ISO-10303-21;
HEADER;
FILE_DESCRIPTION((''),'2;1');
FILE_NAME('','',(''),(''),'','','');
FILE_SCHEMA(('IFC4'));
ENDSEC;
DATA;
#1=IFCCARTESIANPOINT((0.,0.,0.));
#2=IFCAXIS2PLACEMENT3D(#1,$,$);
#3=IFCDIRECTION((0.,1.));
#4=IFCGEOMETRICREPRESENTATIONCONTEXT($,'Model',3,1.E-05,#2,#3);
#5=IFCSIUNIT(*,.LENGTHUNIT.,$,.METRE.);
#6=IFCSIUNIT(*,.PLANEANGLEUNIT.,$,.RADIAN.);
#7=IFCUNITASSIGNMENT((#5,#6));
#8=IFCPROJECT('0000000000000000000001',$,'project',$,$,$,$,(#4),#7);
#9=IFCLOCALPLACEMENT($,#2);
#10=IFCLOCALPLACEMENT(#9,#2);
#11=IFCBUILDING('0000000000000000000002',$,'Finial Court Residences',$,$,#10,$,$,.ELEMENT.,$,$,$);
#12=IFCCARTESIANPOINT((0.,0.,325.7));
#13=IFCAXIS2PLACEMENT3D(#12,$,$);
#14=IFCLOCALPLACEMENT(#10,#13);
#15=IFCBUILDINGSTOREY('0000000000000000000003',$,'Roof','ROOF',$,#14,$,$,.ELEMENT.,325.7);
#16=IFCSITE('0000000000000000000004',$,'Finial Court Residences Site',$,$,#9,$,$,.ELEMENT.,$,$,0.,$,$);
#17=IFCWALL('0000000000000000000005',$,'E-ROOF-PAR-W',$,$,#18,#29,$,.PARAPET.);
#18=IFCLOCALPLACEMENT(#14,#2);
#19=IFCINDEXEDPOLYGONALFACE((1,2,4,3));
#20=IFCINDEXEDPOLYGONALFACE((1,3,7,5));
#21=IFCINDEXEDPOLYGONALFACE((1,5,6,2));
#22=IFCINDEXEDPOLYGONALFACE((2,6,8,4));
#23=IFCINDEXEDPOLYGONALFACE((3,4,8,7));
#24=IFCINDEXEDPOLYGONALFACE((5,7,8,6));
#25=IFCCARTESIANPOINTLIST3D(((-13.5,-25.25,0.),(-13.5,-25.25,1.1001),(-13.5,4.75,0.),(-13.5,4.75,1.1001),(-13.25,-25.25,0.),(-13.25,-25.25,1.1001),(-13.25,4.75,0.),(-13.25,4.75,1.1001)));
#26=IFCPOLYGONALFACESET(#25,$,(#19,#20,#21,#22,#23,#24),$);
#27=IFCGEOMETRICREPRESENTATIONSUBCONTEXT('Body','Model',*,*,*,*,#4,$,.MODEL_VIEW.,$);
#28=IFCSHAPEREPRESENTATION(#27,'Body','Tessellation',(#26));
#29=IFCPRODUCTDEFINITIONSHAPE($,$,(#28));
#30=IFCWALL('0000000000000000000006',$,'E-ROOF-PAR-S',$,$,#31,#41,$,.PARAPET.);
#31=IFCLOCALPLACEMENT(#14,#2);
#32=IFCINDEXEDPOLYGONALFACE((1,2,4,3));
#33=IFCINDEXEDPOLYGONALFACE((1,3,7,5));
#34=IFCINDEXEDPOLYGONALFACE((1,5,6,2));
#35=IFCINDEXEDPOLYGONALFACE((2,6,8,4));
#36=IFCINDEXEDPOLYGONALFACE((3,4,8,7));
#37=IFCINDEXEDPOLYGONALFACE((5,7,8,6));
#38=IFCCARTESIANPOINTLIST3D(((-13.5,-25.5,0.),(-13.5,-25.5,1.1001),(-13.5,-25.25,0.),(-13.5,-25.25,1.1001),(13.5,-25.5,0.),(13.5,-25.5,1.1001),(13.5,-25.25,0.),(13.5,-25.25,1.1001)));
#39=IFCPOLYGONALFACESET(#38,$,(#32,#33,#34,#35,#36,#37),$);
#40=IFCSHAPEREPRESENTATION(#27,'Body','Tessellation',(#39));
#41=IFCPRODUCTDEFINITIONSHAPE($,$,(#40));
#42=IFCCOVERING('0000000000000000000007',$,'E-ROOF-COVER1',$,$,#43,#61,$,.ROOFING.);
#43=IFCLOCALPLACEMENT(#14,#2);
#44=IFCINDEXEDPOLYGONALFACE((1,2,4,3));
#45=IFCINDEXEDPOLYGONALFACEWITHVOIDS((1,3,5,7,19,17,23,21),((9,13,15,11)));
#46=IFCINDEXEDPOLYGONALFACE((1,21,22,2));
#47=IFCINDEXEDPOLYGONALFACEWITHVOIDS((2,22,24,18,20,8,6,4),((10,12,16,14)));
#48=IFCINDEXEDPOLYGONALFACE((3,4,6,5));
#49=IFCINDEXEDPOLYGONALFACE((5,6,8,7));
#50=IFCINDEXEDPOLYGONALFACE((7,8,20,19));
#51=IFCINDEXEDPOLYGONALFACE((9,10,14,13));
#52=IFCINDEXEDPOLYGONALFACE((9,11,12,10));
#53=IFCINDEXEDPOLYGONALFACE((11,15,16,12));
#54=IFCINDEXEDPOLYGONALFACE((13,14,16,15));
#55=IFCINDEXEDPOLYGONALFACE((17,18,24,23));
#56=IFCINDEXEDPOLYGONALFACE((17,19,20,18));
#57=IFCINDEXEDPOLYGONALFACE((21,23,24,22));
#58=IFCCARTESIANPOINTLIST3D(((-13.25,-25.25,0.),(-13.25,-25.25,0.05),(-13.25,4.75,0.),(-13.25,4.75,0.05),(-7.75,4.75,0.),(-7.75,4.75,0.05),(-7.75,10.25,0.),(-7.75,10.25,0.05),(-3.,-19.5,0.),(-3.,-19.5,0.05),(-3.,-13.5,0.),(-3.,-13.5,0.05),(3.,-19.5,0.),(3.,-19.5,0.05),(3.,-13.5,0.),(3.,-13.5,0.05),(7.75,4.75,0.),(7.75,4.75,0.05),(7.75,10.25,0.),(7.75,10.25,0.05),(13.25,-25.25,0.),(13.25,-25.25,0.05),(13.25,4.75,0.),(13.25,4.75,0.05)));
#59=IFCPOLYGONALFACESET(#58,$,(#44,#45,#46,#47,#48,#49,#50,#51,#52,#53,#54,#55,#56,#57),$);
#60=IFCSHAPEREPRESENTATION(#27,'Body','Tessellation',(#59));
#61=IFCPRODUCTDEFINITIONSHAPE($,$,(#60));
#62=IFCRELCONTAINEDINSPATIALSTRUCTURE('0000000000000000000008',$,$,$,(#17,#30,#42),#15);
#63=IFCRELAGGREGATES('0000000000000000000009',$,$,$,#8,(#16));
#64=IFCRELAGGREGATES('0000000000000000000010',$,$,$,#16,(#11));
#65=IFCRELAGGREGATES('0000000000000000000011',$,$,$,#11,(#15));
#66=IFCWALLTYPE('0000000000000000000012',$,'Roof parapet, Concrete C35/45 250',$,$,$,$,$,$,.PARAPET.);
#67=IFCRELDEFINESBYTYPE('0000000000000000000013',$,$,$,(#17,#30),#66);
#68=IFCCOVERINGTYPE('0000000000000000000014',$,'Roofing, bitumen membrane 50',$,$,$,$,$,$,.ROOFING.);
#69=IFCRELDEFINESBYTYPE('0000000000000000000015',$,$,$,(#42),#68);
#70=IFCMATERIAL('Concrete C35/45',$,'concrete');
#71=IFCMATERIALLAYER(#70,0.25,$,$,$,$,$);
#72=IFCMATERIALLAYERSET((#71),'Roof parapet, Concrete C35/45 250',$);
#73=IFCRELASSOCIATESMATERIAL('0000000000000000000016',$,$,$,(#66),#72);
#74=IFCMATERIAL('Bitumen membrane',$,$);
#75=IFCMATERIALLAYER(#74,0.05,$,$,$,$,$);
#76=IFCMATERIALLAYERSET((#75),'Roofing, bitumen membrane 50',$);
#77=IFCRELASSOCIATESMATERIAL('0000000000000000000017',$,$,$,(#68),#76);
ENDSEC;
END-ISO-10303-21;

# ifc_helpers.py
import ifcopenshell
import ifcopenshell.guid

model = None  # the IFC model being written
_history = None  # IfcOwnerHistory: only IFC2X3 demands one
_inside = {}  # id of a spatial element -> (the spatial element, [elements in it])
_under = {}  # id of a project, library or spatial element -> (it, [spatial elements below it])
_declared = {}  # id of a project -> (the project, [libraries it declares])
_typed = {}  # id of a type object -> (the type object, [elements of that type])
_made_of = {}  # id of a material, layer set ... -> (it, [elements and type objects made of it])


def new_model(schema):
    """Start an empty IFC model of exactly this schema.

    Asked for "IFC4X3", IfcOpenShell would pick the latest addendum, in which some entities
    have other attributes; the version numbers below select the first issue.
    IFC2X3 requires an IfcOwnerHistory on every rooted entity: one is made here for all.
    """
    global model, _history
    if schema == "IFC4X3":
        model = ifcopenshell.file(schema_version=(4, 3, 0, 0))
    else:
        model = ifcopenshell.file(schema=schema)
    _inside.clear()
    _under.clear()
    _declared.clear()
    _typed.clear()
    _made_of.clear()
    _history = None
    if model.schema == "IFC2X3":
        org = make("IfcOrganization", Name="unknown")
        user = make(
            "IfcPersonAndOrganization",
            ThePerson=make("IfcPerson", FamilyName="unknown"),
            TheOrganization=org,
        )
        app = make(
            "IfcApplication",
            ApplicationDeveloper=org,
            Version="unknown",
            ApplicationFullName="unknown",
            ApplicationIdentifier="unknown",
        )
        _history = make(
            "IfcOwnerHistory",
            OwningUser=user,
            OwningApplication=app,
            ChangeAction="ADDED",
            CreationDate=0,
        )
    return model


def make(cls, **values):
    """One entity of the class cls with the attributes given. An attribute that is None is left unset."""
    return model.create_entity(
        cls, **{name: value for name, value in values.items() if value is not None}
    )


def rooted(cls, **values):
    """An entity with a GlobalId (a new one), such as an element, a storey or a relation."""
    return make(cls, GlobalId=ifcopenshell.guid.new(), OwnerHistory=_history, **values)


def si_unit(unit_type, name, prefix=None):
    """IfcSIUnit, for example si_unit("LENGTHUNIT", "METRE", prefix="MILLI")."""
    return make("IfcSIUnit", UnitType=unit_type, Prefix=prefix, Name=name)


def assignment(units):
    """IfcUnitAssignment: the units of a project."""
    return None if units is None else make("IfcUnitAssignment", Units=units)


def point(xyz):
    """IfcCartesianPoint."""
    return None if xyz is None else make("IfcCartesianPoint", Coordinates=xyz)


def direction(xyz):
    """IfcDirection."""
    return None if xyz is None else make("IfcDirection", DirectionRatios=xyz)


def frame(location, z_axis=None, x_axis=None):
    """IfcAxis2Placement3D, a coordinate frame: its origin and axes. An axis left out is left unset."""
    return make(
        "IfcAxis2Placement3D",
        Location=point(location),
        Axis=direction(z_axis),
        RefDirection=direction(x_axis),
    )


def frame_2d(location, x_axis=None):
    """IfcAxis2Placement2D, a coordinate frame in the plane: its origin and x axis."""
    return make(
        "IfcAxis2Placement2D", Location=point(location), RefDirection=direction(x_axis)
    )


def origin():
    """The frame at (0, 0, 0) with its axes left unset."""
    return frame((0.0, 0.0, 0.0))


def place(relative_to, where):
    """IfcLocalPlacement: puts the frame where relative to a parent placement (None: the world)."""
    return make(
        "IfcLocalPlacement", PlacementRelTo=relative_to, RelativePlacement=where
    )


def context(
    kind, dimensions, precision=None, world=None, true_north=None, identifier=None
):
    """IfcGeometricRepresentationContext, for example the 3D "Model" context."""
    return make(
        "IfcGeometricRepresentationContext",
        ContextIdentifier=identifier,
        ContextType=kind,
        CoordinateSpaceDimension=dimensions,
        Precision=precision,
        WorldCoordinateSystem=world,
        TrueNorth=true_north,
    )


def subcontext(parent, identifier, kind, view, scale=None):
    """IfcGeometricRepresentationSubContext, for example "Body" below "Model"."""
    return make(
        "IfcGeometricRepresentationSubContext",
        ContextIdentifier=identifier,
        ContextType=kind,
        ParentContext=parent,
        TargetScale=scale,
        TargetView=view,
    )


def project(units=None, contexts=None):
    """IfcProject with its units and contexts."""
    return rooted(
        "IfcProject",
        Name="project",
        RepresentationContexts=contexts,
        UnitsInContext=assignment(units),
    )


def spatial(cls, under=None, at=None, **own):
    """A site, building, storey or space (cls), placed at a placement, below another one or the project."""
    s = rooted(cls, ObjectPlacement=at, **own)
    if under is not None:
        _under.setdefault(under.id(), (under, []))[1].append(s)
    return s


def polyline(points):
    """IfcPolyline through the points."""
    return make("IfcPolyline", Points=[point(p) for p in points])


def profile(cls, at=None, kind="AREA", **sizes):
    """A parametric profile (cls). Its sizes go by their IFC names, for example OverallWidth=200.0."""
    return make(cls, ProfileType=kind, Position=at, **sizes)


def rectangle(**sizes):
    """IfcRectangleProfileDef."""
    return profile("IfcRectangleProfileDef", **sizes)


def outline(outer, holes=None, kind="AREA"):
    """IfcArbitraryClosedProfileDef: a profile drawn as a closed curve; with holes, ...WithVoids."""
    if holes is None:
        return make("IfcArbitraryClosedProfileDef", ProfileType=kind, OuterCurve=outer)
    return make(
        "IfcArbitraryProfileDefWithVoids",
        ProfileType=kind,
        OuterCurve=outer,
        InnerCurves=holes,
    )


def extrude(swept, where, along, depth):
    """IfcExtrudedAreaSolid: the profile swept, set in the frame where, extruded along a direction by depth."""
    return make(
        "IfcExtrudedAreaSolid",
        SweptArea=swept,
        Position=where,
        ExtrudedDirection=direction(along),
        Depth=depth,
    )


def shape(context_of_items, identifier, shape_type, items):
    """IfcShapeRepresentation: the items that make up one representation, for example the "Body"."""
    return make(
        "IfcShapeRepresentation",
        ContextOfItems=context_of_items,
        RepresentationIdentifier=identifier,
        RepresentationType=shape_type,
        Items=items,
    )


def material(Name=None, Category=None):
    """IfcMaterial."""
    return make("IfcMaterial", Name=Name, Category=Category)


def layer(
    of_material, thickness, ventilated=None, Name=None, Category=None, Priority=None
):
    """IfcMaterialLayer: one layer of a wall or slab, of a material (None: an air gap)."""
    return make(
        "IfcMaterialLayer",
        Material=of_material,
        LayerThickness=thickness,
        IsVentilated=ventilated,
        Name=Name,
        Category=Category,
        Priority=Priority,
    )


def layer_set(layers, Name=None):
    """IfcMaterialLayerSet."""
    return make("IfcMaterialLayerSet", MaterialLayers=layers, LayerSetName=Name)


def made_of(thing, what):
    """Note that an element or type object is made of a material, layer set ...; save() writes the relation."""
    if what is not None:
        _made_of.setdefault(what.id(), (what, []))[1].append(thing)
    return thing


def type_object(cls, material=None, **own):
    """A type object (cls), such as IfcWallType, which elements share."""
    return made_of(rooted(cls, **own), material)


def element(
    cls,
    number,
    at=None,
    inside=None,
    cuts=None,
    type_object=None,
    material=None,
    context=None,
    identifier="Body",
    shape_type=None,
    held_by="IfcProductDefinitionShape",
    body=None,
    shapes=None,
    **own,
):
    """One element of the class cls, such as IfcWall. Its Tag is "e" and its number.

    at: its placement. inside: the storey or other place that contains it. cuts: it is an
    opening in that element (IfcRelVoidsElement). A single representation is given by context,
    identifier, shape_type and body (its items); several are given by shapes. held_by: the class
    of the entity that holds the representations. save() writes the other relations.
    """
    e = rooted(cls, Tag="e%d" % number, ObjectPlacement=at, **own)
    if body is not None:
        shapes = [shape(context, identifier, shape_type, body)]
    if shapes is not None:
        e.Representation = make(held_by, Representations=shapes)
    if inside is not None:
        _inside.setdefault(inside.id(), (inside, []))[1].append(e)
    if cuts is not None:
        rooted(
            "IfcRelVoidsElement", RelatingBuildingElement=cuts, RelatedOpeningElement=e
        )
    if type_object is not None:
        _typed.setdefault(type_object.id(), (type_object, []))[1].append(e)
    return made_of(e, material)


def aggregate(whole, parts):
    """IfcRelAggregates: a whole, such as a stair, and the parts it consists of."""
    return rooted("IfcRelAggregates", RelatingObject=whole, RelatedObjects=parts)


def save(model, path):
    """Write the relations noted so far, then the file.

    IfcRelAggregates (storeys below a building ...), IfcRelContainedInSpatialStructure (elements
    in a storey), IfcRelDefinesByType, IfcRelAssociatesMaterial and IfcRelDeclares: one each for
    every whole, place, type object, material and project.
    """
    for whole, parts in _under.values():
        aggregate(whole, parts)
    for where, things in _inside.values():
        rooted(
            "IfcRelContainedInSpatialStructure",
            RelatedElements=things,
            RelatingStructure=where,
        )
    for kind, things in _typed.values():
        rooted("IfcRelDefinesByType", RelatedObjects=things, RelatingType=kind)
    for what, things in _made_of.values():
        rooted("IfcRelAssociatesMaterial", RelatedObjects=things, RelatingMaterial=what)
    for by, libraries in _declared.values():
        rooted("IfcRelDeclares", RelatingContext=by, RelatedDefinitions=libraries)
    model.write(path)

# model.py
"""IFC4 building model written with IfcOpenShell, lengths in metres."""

from ifc_helpers import new_model, si_unit, direction, frame, frame_2d, origin, place, context, subcontext, project, spatial, polyline, rectangle, outline, extrude, material, layer, layer_set, type_object, element, save


model = new_model("IFC4")

# Units and contexts
model_context = context("Model", 3, precision=1e-05, world=origin(), true_north=direction((0.0, 1.0)))
body_context = subcontext(model_context, "Body", "Model", "MODEL_VIEW")
ifc_project = project(units=[si_unit("LENGTHUNIT", "METRE"), si_unit("PLANEANGLEUNIT", "RADIAN")], contexts=[model_context])

# Site, building, storey
site_placement = place(None, origin())
site = spatial("IfcSite", under=ifc_project, at=site_placement, Name="Finial Court Residences Site", CompositionType="ELEMENT", RefElevation=0.0)
building_placement = place(site_placement, origin())
building = spatial("IfcBuilding", under=site, at=building_placement, Name="Finial Court Residences", CompositionType="ELEMENT")
storey_placement = place(building_placement, frame((0.0, 0.0, 325.7)))
storey = spatial("IfcBuildingStorey", under=building, at=storey_placement, Name="Roof", Description="ROOF", CompositionType="ELEMENT", Elevation=325.7)

# Walls
ifc_material_1 = material(Name="Concrete C35/45", Category="concrete")
ifc_layer_1 = layer(ifc_material_1, 0.25)
ifc_layer_set_1 = layer_set([ifc_layer_1], Name="Roof parapet, Concrete C35/45 250")
wall_type = type_object("IfcWallType", Name="Roof parapet, Concrete C35/45 250", PredefinedType="PARAPET", material=ifc_layer_set_1)
wall_1_placement = place(storey_placement, frame((-13.375, -25.25, 0.0), z_axis=(0.0, 0.0, 1.0), x_axis=(0.0, 1.0, 0.0)))
element("IfcWall", 1, at=wall_1_placement, inside=storey, type_object=wall_type, Name="E-ROOF-PAR-W", PredefinedType="PARAPET", context=body_context, shape_type="SweptSolid", body=[
    extrude(rectangle(XDim=30.0, YDim=0.25, at=frame_2d((15.0, 0.0))), origin(), (0.0, 0.0, 1.0), 1.1001),
])
wall_2_placement = place(storey_placement, frame((-13.5, -25.375, 0.0), z_axis=(0.0, 0.0, 1.0), x_axis=(1.0, 0.0, 0.0)))
element("IfcWall", 2, at=wall_2_placement, inside=storey, type_object=wall_type, Name="E-ROOF-PAR-S", PredefinedType="PARAPET", context=body_context, shape_type="SweptSolid", body=[
    extrude(rectangle(XDim=27.0, YDim=0.25, at=frame_2d((13.5, 0.0))), origin(), (0.0, 0.0, 1.0), 1.1001),
])

# Covering
ifc_material_2 = material(Name="Bitumen membrane")
ifc_layer_2 = layer(ifc_material_2, 0.05)
ifc_layer_set_2 = layer_set([ifc_layer_2], Name="Roofing, bitumen membrane 50")
covering_type = type_object("IfcCoveringType", Name="Roofing, bitumen membrane 50", PredefinedType="ROOFING", material=ifc_layer_set_2)
covering_placement = place(storey_placement, origin())
element("IfcCovering", 3, at=covering_placement, inside=storey, type_object=covering_type, Name="E-ROOF-COVER1", PredefinedType="ROOFING", context=body_context, shape_type="SweptSolid", body=[
    extrude(outline(polyline([(-13.25, -25.25), (-13.25, 4.75), (-7.75, 4.75), (-7.75, 10.25), (7.75, 10.25), (7.75, 4.75), (13.25, 4.75), (13.25, -25.25), (-13.25, -25.25)]), holes=[polyline([(3.0, -13.5), (-3.0, -13.5), (-3.0, -19.5), (3.0, -19.5), (3.0, -13.5)])]), origin(), (0.0, 0.0, 1.0), 0.05),
])

save(model, "model.ifc")
